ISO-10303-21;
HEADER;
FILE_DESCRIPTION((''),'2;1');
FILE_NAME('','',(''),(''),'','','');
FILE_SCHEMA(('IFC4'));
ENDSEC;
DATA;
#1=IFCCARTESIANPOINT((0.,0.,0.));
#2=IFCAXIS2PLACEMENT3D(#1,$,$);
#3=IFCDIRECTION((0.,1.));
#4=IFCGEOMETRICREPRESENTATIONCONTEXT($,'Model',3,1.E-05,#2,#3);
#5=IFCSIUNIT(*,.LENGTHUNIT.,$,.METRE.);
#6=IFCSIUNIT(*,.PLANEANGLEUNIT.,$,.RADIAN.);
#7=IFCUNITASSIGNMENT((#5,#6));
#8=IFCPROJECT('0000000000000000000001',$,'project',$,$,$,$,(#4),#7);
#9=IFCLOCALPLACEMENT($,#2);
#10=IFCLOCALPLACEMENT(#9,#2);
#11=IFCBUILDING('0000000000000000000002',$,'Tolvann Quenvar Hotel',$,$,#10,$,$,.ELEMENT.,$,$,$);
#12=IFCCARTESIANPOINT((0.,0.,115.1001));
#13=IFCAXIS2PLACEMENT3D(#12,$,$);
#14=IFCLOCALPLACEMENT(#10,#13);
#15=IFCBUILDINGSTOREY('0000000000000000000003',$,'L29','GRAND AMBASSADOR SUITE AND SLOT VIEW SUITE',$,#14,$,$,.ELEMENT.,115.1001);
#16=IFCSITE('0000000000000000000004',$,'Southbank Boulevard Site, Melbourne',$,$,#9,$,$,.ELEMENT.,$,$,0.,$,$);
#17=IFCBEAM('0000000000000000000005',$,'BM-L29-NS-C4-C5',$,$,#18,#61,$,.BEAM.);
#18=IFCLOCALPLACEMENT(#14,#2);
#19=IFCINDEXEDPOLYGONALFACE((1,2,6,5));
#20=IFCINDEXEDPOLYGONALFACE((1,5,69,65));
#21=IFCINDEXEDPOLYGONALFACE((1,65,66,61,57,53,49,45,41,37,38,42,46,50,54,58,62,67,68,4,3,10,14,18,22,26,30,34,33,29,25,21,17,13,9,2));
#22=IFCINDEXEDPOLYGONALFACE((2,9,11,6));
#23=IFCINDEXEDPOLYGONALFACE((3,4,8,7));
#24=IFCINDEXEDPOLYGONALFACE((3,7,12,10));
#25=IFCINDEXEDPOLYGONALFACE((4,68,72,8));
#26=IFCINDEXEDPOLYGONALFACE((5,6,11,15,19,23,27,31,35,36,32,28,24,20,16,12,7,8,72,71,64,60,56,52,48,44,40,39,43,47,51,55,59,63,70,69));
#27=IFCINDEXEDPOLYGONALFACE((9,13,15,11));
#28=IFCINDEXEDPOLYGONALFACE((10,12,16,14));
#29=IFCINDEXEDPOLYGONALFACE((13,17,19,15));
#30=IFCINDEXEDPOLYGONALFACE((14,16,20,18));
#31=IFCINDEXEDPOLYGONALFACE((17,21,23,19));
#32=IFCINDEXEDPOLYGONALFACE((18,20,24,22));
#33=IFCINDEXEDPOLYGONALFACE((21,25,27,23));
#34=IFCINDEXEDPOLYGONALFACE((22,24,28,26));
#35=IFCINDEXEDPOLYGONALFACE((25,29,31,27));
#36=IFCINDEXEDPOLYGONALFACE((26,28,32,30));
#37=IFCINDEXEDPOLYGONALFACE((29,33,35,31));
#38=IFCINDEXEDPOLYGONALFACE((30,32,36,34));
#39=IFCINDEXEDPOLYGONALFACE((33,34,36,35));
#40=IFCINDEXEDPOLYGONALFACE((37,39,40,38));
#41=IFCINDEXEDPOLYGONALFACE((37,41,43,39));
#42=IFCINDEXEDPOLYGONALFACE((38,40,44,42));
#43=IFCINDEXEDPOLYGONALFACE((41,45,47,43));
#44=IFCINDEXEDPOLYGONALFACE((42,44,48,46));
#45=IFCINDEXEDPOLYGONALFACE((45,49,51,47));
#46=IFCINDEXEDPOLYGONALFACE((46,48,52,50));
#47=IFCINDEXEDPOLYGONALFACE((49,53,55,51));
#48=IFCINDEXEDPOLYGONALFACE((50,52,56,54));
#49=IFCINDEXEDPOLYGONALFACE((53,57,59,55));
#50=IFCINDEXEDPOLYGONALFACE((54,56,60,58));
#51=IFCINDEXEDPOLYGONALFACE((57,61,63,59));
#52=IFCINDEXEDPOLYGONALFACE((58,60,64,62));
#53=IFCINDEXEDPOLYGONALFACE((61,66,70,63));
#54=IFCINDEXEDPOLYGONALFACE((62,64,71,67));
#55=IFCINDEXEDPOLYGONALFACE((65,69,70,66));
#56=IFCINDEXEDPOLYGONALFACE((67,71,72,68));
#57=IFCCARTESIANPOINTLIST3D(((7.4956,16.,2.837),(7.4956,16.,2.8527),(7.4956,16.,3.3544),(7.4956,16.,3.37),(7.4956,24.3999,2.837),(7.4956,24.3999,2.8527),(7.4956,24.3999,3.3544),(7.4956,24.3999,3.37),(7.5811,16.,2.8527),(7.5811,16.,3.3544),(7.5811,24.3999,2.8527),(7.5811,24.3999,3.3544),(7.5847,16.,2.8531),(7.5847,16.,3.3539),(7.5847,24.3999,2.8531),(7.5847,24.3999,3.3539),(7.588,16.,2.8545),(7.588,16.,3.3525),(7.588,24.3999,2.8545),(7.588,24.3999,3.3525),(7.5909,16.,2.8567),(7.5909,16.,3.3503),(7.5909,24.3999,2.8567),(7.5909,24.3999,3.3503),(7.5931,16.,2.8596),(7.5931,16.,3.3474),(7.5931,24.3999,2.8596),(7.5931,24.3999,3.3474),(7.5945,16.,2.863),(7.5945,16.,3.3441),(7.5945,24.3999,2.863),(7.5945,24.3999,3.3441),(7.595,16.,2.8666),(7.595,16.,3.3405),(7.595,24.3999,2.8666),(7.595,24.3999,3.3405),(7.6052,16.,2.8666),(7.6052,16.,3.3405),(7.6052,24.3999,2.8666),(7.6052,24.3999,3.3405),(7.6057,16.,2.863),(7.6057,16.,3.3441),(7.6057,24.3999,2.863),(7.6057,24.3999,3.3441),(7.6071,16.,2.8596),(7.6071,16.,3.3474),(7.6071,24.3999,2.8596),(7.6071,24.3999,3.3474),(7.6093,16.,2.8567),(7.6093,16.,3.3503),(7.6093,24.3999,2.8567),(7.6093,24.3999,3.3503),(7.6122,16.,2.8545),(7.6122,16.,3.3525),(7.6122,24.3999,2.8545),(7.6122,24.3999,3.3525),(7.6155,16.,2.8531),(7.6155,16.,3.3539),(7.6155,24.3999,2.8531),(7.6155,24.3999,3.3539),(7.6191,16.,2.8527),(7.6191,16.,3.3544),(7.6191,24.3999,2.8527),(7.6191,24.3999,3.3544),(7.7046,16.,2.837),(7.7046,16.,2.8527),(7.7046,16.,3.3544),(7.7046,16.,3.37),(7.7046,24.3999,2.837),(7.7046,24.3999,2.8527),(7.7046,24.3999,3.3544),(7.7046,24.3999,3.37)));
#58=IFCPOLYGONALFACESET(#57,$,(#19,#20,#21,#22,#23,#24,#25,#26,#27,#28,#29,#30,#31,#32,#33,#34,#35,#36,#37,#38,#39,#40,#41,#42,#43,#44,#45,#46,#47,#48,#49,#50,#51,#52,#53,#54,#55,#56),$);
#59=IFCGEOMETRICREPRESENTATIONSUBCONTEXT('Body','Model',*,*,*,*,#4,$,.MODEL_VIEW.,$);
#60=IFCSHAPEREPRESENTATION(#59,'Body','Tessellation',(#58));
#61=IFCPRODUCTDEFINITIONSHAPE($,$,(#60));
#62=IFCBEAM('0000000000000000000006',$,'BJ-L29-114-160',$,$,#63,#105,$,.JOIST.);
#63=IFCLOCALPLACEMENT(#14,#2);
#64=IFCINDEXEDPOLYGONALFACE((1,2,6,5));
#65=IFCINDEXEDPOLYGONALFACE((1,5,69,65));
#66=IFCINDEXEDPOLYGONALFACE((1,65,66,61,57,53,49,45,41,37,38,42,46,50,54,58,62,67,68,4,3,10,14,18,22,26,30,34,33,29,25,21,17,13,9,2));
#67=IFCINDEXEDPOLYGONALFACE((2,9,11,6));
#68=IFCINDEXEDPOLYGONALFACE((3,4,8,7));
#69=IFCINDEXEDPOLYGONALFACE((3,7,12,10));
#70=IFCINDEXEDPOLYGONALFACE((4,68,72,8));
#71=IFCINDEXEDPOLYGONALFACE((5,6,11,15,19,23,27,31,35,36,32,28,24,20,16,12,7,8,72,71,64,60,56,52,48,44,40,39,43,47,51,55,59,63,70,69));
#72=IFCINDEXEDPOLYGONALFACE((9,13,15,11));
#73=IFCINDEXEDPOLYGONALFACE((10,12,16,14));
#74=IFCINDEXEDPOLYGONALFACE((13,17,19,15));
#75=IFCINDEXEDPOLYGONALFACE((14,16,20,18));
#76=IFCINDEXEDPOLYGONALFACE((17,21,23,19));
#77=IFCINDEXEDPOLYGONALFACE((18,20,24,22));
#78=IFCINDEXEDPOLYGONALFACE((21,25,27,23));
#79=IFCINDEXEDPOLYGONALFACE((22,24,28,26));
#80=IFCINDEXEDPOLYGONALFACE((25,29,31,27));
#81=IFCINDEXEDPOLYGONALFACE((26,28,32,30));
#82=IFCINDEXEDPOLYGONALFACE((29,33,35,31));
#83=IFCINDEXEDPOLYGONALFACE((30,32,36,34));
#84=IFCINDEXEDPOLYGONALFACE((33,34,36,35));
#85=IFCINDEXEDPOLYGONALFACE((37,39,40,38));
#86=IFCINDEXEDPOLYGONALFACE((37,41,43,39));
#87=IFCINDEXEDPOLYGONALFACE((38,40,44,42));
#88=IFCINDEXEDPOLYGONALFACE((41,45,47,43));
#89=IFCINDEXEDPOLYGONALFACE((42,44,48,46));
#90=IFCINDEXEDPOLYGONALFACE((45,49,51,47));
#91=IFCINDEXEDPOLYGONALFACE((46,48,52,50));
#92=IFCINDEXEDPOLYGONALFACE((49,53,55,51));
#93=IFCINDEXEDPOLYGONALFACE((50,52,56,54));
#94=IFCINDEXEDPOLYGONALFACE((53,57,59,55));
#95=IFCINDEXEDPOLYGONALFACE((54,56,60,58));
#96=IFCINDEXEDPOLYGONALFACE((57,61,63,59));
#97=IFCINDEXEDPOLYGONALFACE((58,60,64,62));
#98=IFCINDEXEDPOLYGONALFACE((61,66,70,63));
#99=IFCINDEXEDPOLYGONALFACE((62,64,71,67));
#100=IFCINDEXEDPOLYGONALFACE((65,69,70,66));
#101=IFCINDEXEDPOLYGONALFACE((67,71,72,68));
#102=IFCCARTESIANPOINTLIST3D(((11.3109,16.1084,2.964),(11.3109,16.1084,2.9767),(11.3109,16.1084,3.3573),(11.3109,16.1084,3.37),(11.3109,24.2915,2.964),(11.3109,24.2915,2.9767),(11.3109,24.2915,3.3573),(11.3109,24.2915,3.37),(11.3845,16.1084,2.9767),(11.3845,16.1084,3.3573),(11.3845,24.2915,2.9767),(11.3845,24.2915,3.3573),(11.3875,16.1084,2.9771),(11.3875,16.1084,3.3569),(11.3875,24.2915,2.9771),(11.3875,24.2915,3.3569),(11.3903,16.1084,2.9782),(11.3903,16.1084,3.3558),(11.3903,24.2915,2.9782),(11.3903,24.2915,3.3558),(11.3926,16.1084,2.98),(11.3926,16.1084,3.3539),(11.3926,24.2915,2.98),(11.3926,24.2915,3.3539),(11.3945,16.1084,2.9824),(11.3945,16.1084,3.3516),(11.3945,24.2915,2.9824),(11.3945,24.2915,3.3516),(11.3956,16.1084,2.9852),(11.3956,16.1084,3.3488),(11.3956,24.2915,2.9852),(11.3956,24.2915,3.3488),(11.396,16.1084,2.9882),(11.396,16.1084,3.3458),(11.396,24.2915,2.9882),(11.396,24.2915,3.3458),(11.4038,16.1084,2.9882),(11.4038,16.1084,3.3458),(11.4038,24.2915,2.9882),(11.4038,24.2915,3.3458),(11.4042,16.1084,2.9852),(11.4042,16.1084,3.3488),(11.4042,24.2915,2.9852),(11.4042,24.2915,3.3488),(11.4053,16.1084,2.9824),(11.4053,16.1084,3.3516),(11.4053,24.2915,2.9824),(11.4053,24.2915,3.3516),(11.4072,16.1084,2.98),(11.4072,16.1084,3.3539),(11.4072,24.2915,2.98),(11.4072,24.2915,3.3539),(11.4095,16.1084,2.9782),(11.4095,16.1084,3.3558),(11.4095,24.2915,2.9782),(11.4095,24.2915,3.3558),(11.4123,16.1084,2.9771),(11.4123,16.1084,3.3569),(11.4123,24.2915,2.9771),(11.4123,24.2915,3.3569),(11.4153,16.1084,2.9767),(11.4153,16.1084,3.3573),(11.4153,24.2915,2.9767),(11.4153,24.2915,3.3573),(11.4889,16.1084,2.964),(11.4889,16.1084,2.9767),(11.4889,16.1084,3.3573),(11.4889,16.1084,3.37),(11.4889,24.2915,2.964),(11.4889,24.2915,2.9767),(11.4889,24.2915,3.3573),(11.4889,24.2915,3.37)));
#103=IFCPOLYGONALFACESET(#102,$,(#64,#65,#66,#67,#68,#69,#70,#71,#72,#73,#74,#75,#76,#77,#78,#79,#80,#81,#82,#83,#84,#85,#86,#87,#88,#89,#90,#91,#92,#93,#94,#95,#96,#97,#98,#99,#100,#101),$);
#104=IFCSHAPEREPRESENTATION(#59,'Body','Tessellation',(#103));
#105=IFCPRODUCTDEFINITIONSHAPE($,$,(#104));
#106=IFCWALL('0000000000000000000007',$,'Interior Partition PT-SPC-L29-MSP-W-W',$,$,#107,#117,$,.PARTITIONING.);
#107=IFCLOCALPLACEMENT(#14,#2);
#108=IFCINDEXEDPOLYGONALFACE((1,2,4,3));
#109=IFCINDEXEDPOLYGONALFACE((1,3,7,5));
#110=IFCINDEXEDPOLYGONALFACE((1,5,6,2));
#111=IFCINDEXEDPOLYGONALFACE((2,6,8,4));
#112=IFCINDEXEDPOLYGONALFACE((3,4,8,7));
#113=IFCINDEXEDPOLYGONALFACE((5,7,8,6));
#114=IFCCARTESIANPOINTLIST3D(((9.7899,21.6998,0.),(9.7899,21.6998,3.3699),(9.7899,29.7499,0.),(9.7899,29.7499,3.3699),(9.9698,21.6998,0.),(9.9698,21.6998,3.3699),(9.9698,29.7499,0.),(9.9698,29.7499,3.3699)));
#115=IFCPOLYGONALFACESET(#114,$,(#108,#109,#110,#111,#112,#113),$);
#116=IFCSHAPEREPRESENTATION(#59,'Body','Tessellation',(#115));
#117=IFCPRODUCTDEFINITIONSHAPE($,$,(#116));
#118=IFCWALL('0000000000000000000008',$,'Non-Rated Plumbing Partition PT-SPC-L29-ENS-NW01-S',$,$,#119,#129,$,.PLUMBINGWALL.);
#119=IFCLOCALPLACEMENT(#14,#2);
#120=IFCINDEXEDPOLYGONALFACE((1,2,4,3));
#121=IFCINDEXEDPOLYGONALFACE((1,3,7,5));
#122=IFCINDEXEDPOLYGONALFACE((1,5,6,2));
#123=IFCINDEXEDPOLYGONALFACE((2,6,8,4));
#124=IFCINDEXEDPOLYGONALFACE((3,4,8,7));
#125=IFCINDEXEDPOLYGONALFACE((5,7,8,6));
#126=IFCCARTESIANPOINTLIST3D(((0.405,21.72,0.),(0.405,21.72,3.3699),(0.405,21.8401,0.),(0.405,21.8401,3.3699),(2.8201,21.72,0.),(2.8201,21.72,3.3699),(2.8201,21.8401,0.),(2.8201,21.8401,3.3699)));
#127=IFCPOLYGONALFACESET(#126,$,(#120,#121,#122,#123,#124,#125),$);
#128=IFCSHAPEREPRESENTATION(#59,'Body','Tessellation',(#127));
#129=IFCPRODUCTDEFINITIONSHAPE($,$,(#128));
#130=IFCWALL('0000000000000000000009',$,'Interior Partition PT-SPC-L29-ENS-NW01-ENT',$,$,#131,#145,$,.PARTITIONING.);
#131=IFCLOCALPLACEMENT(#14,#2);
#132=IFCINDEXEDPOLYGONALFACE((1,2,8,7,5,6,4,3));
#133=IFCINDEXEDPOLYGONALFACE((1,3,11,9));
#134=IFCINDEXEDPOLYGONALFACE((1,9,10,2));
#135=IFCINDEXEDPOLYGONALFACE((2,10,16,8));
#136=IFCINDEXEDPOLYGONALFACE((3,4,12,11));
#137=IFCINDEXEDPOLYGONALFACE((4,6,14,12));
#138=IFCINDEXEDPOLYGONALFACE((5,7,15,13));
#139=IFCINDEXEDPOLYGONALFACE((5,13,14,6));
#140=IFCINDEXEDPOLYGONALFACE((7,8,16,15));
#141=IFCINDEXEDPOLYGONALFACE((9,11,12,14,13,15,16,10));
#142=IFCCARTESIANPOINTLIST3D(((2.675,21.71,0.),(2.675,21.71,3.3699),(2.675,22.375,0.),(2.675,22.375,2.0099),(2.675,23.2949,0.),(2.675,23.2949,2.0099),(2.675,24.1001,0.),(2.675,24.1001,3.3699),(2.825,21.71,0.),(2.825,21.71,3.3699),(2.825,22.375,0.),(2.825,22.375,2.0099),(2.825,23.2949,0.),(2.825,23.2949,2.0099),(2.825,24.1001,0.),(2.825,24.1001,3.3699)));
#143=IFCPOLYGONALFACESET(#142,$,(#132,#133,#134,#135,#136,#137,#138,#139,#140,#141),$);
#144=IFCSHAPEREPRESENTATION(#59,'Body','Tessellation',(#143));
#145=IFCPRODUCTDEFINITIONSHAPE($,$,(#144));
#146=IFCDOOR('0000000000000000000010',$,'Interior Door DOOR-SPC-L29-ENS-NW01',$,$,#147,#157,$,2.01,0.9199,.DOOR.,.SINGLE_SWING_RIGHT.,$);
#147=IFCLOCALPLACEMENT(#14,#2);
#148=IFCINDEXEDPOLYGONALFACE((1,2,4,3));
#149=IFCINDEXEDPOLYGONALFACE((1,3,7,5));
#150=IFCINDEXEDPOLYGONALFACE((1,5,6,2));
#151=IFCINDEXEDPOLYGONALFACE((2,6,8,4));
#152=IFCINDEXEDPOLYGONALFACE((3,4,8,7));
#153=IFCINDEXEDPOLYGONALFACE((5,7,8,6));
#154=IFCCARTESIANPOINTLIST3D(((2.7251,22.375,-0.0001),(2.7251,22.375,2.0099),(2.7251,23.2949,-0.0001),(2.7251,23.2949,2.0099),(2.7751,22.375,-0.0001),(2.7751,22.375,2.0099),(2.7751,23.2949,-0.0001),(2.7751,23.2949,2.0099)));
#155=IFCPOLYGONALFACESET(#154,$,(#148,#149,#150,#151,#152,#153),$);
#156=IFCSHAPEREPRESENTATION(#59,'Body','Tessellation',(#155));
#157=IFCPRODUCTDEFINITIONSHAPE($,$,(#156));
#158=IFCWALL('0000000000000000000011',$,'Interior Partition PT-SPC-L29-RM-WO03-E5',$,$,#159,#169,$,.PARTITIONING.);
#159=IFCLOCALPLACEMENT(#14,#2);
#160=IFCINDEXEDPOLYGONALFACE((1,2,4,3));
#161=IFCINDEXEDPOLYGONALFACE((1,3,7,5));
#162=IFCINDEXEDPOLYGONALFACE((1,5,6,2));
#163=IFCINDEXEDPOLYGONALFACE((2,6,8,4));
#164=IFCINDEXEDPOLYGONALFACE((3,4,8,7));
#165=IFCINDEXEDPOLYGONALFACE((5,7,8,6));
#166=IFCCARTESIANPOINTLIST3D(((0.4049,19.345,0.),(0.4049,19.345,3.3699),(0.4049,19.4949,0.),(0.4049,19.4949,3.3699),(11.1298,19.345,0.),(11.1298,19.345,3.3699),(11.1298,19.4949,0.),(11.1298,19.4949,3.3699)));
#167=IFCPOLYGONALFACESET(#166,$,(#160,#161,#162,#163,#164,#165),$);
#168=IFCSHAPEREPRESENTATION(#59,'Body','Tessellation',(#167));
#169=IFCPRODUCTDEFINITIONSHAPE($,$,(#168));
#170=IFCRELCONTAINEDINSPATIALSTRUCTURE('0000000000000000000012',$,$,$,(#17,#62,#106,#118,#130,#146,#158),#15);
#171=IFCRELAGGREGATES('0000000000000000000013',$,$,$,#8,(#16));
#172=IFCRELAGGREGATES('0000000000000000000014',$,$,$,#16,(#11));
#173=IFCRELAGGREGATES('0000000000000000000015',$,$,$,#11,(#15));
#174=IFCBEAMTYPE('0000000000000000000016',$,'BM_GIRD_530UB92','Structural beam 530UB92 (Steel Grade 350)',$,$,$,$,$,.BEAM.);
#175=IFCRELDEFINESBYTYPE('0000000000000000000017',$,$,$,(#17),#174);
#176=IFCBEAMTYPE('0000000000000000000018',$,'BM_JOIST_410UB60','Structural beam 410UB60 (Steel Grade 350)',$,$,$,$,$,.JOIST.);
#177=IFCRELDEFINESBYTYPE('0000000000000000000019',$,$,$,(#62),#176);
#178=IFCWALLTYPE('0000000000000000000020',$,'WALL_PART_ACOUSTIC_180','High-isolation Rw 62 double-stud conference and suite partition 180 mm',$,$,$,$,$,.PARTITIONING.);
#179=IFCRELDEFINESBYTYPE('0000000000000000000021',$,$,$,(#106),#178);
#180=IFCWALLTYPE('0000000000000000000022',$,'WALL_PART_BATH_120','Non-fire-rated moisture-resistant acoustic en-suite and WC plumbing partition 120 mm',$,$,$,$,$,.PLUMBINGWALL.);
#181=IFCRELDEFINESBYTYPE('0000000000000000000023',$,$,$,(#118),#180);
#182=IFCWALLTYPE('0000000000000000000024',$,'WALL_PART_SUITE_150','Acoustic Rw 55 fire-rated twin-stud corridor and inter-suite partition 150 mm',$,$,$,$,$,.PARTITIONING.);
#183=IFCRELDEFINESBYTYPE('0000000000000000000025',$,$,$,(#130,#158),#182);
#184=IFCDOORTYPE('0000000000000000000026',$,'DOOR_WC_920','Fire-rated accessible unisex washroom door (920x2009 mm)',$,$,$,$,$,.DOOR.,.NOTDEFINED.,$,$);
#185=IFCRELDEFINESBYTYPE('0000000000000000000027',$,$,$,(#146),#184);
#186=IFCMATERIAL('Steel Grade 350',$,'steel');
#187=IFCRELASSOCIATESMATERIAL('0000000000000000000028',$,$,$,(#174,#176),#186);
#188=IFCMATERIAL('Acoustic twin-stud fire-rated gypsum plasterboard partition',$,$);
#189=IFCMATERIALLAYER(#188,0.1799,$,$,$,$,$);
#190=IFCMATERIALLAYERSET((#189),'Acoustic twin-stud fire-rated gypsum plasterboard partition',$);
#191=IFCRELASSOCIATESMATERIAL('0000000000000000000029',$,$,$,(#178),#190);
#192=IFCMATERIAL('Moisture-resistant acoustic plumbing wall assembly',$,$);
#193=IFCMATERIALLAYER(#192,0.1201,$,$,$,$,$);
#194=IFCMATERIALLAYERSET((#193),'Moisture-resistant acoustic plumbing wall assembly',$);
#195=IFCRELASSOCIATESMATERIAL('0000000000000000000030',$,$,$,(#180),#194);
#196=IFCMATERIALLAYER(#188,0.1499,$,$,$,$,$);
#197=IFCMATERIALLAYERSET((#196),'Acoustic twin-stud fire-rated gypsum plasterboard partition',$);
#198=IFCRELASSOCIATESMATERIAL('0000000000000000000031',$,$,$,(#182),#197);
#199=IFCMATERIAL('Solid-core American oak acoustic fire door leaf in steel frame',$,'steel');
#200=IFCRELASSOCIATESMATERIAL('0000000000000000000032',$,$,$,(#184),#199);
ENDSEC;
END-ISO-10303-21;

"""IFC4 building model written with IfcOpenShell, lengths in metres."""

from ifc_helpers import new_model, si_unit, direction, frame, frame_2d, origin, origin_2d, place, context, subcontext, project, spatial, rectangle, i_section, extrude, source, transform, mapped, material, layer, layer_set, material_profile, profile_set, type_object, type_shapes, element, fill, save


model = new_model("IFC4")

# Units and contexts
model_context = context("Model", 3, precision=1e-05, world=origin(), true_north=direction((0.0, 1.0)))
body_context = subcontext(model_context, "Body", "Model", "MODEL_VIEW")
ifc_project = project(units=[si_unit("LENGTHUNIT", "METRE"), si_unit("PLANEANGLEUNIT", "RADIAN")], contexts=[model_context])

# Site, building, storey
site_placement = place(None, origin())
site = spatial("IfcSite", under=ifc_project, at=site_placement, Name="Southbank Boulevard Site, Melbourne", CompositionType="ELEMENT", RefElevation=0.0)
building_placement = place(site_placement, origin())
building = spatial("IfcBuilding", under=site, at=building_placement, Name="Tolvann Quenvar Hotel", CompositionType="ELEMENT")
storey_placement = place(building_placement, frame((0.0, 0.0, 115.1001)))
storey = spatial("IfcBuildingStorey", under=building, at=storey_placement, Name="L29", Description="GRAND AMBASSADOR SUITE AND SLOT VIEW SUITE", CompositionType="ELEMENT", Elevation=115.1001)

# Shared definitions
ifc_material_1 = material(Name="Steel Grade 350", Category="steel")

# Beams
ifc_material_profile_1 = material_profile(ifc_material_1, i_section(OverallWidth=0.209, OverallDepth=0.533, WebThickness=0.0103, FlangeThickness=0.0156, FilletRadius=0.0139, at=origin_2d()), Name="530UB92")
ifc_profile_set_1 = profile_set([ifc_material_profile_1], Name="Steel Grade 350")
beam_type_1 = type_object("IfcBeamType", Name="BM_GIRD_530UB92", Description="Structural beam 530UB92 (Steel Grade 350)", PredefinedType="BEAM", material=ifc_profile_set_1)
shared_shape_1 = source(origin(), body_context, "Body", "SweptSolid", [
    extrude(i_section(OverallWidth=0.209, OverallDepth=0.533, WebThickness=0.0103, FlangeThickness=0.0156, FilletRadius=0.0139, at=origin_2d()), origin(), (0.0, 0.0, 1.0), 8.3999),
])
type_shapes(beam_type_1, [shared_shape_1])
beam_1_placement = place(storey_placement, frame((7.6001, 16.0, 3.1035), z_axis=(0.0, 1.0, 0.0), x_axis=(-1.0, 0.0, 0.0)))
element("IfcBeam", 1, at=beam_1_placement, inside=storey, type_object=beam_type_1, Name="BM-L29-NS-C4-C5", PredefinedType="BEAM", context=body_context, shape_type="MappedRepresentation", body=[
    mapped(shared_shape_1, transform((0.0, 0.0, 0.0), x_axis=(1.0, 0.0, 0.0), y_axis=(0.0, 1.0, 0.0), z_axis=(0.0, 0.0, 1.0), scale=1.0)),
])
ifc_material_profile_2 = material_profile(ifc_material_1, i_section(OverallWidth=0.178, OverallDepth=0.406, WebThickness=0.0078, FlangeThickness=0.0127, FilletRadius=0.0115, at=origin_2d()), Name="410UB60")
ifc_profile_set_2 = profile_set([ifc_material_profile_2], Name="Steel Grade 350")
beam_type_2 = type_object("IfcBeamType", Name="BM_JOIST_410UB60", Description="Structural beam 410UB60 (Steel Grade 350)", PredefinedType="JOIST", material=ifc_profile_set_2)
shared_shape_2 = source(origin(), body_context, "Body", "SweptSolid", [
    extrude(i_section(OverallWidth=0.178, OverallDepth=0.406, WebThickness=0.0078, FlangeThickness=0.0127, FilletRadius=0.0115, at=origin_2d()), origin(), (0.0, 0.0, 1.0), 8.1831),
])
type_shapes(beam_type_2, [shared_shape_2])
beam_2_placement = place(storey_placement, frame((11.3999, 16.1084, 3.167), z_axis=(0.0, 1.0, 0.0), x_axis=(-1.0, 0.0, 0.0)))
element("IfcBeam", 2, at=beam_2_placement, inside=storey, type_object=beam_type_2, Name="BJ-L29-114-160", PredefinedType="JOIST", context=body_context, shape_type="MappedRepresentation", body=[
    mapped(shared_shape_2, transform((0.0, 0.0, 0.0), x_axis=(1.0, 0.0, 0.0), y_axis=(0.0, 1.0, 0.0), z_axis=(0.0, 0.0, 1.0), scale=1.0)),
])

# Shared definitions
ifc_material_2 = material(Name="Acoustic twin-stud fire-rated gypsum plasterboard partition")
ifc_layer_1 = layer(ifc_material_2, 0.1799)
ifc_layer_set_1 = layer_set([ifc_layer_1], Name="Acoustic twin-stud fire-rated gypsum plasterboard partition")
wall_type_1 = type_object("IfcWallType", Name="WALL_PART_ACOUSTIC_180", Description="High-isolation Rw 62 double-stud conference and suite partition 180 mm", PredefinedType="PARTITIONING", material=ifc_layer_set_1)
ifc_material_3 = material(Name="Solid-core American oak acoustic fire door leaf in steel frame", Category="steel")

# Walls
wall_1_placement = place(storey_placement, frame((9.8799, 21.7, 0.0), z_axis=(0.0, 0.0, 1.0), x_axis=(0.0, 1.0, 0.0)))
element("IfcWall", 3, at=wall_1_placement, inside=storey, type_object=wall_type_1, Name="Interior Partition PT-SPC-L29-MSP-W-W", PredefinedType="PARTITIONING", context=body_context, shape_type="SweptSolid", body=[
    extrude(rectangle(XDim=8.05, YDim=0.1799, at=frame_2d((4.0249, 0.0))), origin(), (0.0, 0.0, 1.0), 3.3699),
])
ifc_material_4 = material(Name="Moisture-resistant acoustic plumbing wall assembly")
ifc_layer_2 = layer(ifc_material_4, 0.1201)
ifc_layer_set_2 = layer_set([ifc_layer_2], Name="Moisture-resistant acoustic plumbing wall assembly")
wall_type_2 = type_object("IfcWallType", Name="WALL_PART_BATH_120", Description="Non-fire-rated moisture-resistant acoustic en-suite and WC plumbing partition 120 mm", PredefinedType="PLUMBINGWALL", material=ifc_layer_set_2)
wall_2_placement = place(storey_placement, frame((0.405, 21.78, 0.0), z_axis=(0.0, 0.0, 1.0), x_axis=(1.0, 0.0, 0.0)))
element("IfcWall", 4, at=wall_2_placement, inside=storey, type_object=wall_type_2, Name="Non-Rated Plumbing Partition PT-SPC-L29-ENS-NW01-S", PredefinedType="PLUMBINGWALL", context=body_context, shape_type="SweptSolid", body=[
    extrude(rectangle(XDim=2.415, YDim=0.1201, at=frame_2d((1.2075, 0.0))), origin(), (0.0, 0.0, 1.0), 3.3699),
])

# Wall, opening, door
ifc_layer_3 = layer(ifc_material_2, 0.1499)
ifc_layer_set_3 = layer_set([ifc_layer_3], Name="Acoustic twin-stud fire-rated gypsum plasterboard partition")
wall_type_3 = type_object("IfcWallType", Name="WALL_PART_SUITE_150", Description="Acoustic Rw 55 fire-rated twin-stud corridor and inter-suite partition 150 mm", PredefinedType="PARTITIONING", material=ifc_layer_set_3)
wall_3_placement = place(storey_placement, frame((2.75, 21.71, 0.0), z_axis=(0.0, 0.0, 1.0), x_axis=(0.0, 1.0, 0.0)))
wall_3 = element("IfcWall", 5, at=wall_3_placement, inside=storey, type_object=wall_type_3, Name="Interior Partition PT-SPC-L29-ENS-NW01-ENT", PredefinedType="PARTITIONING", context=body_context, shape_type="SweptSolid", body=[
    extrude(rectangle(XDim=2.3901, YDim=0.1499, at=frame_2d((1.1951, 0.0))), origin(), (0.0, 0.0, 1.0), 3.3699),
])
opening_1_placement = place(wall_3_placement, frame((0.665, 0.0, 0.0)))
opening_1 = element("IfcOpeningElement", 6, at=opening_1_placement, cuts=wall_3, PredefinedType="OPENING", context=body_context, shape_type="SweptSolid", body=[
    extrude(rectangle(XDim=0.9199, YDim=2.01, at=frame_2d((0.46, 1.0049))), frame((0.0, 0.085, 0.0), z_axis=(0.0, -1.0, 0.0), x_axis=(1.0, 0.0, 0.0)), (0.0, 0.0, 1.0), 0.1699),
])
door_type_1 = type_object("IfcDoorType", Name="DOOR_WC_920", Description="Fire-rated accessible unisex washroom door (920x2009 mm)", OperationType="NOTDEFINED", PredefinedType="DOOR", material=ifc_material_3)
shared_shape_3 = source(origin(), body_context, "Body", "SweptSolid", [
    extrude(rectangle(XDim=0.9199, YDim=2.01, at=frame_2d((0.46, 1.0049))), frame((0.0, 0.0249, 0.0), z_axis=(0.0, -1.0, 0.0), x_axis=(1.0, 0.0, 0.0)), (0.0, 0.0, 1.0), 0.05),
])
type_shapes(door_type_1, [shared_shape_3])
door_1_placement = place(opening_1_placement, origin())
door_1 = element("IfcDoor", 7, at=door_1_placement, inside=storey, type_object=door_type_1, Name="Interior Door DOOR-SPC-L29-ENS-NW01", OperationType="SINGLE_SWING_RIGHT", OverallHeight=2.01, OverallWidth=0.9199, PredefinedType="DOOR", context=body_context, shape_type="MappedRepresentation", body=[
    mapped(shared_shape_3, transform((0.0, 0.0, 0.0), x_axis=(1.0, 0.0, 0.0), y_axis=(0.0, 1.0, 0.0), z_axis=(0.0, 0.0, 1.0), scale=1.0)),
])
fill(opening_1, door_1)

# Wall
wall_4_placement = place(storey_placement, frame((0.405, 19.4199, 0.0), z_axis=(0.0, 0.0, 1.0), x_axis=(1.0, 0.0, 0.0)))
element("IfcWall", 8, at=wall_4_placement, inside=storey, type_object=wall_type_3, Name="Interior Partition PT-SPC-L29-RM-WO03-E5", PredefinedType="PARTITIONING", context=body_context, shape_type="SweptSolid", body=[
    extrude(rectangle(XDim=10.7249, YDim=0.1499, at=frame_2d((5.3623, 0.0))), origin(), (0.0, 0.0, 1.0), 3.3699),
])

save(model, "model.ifc")
